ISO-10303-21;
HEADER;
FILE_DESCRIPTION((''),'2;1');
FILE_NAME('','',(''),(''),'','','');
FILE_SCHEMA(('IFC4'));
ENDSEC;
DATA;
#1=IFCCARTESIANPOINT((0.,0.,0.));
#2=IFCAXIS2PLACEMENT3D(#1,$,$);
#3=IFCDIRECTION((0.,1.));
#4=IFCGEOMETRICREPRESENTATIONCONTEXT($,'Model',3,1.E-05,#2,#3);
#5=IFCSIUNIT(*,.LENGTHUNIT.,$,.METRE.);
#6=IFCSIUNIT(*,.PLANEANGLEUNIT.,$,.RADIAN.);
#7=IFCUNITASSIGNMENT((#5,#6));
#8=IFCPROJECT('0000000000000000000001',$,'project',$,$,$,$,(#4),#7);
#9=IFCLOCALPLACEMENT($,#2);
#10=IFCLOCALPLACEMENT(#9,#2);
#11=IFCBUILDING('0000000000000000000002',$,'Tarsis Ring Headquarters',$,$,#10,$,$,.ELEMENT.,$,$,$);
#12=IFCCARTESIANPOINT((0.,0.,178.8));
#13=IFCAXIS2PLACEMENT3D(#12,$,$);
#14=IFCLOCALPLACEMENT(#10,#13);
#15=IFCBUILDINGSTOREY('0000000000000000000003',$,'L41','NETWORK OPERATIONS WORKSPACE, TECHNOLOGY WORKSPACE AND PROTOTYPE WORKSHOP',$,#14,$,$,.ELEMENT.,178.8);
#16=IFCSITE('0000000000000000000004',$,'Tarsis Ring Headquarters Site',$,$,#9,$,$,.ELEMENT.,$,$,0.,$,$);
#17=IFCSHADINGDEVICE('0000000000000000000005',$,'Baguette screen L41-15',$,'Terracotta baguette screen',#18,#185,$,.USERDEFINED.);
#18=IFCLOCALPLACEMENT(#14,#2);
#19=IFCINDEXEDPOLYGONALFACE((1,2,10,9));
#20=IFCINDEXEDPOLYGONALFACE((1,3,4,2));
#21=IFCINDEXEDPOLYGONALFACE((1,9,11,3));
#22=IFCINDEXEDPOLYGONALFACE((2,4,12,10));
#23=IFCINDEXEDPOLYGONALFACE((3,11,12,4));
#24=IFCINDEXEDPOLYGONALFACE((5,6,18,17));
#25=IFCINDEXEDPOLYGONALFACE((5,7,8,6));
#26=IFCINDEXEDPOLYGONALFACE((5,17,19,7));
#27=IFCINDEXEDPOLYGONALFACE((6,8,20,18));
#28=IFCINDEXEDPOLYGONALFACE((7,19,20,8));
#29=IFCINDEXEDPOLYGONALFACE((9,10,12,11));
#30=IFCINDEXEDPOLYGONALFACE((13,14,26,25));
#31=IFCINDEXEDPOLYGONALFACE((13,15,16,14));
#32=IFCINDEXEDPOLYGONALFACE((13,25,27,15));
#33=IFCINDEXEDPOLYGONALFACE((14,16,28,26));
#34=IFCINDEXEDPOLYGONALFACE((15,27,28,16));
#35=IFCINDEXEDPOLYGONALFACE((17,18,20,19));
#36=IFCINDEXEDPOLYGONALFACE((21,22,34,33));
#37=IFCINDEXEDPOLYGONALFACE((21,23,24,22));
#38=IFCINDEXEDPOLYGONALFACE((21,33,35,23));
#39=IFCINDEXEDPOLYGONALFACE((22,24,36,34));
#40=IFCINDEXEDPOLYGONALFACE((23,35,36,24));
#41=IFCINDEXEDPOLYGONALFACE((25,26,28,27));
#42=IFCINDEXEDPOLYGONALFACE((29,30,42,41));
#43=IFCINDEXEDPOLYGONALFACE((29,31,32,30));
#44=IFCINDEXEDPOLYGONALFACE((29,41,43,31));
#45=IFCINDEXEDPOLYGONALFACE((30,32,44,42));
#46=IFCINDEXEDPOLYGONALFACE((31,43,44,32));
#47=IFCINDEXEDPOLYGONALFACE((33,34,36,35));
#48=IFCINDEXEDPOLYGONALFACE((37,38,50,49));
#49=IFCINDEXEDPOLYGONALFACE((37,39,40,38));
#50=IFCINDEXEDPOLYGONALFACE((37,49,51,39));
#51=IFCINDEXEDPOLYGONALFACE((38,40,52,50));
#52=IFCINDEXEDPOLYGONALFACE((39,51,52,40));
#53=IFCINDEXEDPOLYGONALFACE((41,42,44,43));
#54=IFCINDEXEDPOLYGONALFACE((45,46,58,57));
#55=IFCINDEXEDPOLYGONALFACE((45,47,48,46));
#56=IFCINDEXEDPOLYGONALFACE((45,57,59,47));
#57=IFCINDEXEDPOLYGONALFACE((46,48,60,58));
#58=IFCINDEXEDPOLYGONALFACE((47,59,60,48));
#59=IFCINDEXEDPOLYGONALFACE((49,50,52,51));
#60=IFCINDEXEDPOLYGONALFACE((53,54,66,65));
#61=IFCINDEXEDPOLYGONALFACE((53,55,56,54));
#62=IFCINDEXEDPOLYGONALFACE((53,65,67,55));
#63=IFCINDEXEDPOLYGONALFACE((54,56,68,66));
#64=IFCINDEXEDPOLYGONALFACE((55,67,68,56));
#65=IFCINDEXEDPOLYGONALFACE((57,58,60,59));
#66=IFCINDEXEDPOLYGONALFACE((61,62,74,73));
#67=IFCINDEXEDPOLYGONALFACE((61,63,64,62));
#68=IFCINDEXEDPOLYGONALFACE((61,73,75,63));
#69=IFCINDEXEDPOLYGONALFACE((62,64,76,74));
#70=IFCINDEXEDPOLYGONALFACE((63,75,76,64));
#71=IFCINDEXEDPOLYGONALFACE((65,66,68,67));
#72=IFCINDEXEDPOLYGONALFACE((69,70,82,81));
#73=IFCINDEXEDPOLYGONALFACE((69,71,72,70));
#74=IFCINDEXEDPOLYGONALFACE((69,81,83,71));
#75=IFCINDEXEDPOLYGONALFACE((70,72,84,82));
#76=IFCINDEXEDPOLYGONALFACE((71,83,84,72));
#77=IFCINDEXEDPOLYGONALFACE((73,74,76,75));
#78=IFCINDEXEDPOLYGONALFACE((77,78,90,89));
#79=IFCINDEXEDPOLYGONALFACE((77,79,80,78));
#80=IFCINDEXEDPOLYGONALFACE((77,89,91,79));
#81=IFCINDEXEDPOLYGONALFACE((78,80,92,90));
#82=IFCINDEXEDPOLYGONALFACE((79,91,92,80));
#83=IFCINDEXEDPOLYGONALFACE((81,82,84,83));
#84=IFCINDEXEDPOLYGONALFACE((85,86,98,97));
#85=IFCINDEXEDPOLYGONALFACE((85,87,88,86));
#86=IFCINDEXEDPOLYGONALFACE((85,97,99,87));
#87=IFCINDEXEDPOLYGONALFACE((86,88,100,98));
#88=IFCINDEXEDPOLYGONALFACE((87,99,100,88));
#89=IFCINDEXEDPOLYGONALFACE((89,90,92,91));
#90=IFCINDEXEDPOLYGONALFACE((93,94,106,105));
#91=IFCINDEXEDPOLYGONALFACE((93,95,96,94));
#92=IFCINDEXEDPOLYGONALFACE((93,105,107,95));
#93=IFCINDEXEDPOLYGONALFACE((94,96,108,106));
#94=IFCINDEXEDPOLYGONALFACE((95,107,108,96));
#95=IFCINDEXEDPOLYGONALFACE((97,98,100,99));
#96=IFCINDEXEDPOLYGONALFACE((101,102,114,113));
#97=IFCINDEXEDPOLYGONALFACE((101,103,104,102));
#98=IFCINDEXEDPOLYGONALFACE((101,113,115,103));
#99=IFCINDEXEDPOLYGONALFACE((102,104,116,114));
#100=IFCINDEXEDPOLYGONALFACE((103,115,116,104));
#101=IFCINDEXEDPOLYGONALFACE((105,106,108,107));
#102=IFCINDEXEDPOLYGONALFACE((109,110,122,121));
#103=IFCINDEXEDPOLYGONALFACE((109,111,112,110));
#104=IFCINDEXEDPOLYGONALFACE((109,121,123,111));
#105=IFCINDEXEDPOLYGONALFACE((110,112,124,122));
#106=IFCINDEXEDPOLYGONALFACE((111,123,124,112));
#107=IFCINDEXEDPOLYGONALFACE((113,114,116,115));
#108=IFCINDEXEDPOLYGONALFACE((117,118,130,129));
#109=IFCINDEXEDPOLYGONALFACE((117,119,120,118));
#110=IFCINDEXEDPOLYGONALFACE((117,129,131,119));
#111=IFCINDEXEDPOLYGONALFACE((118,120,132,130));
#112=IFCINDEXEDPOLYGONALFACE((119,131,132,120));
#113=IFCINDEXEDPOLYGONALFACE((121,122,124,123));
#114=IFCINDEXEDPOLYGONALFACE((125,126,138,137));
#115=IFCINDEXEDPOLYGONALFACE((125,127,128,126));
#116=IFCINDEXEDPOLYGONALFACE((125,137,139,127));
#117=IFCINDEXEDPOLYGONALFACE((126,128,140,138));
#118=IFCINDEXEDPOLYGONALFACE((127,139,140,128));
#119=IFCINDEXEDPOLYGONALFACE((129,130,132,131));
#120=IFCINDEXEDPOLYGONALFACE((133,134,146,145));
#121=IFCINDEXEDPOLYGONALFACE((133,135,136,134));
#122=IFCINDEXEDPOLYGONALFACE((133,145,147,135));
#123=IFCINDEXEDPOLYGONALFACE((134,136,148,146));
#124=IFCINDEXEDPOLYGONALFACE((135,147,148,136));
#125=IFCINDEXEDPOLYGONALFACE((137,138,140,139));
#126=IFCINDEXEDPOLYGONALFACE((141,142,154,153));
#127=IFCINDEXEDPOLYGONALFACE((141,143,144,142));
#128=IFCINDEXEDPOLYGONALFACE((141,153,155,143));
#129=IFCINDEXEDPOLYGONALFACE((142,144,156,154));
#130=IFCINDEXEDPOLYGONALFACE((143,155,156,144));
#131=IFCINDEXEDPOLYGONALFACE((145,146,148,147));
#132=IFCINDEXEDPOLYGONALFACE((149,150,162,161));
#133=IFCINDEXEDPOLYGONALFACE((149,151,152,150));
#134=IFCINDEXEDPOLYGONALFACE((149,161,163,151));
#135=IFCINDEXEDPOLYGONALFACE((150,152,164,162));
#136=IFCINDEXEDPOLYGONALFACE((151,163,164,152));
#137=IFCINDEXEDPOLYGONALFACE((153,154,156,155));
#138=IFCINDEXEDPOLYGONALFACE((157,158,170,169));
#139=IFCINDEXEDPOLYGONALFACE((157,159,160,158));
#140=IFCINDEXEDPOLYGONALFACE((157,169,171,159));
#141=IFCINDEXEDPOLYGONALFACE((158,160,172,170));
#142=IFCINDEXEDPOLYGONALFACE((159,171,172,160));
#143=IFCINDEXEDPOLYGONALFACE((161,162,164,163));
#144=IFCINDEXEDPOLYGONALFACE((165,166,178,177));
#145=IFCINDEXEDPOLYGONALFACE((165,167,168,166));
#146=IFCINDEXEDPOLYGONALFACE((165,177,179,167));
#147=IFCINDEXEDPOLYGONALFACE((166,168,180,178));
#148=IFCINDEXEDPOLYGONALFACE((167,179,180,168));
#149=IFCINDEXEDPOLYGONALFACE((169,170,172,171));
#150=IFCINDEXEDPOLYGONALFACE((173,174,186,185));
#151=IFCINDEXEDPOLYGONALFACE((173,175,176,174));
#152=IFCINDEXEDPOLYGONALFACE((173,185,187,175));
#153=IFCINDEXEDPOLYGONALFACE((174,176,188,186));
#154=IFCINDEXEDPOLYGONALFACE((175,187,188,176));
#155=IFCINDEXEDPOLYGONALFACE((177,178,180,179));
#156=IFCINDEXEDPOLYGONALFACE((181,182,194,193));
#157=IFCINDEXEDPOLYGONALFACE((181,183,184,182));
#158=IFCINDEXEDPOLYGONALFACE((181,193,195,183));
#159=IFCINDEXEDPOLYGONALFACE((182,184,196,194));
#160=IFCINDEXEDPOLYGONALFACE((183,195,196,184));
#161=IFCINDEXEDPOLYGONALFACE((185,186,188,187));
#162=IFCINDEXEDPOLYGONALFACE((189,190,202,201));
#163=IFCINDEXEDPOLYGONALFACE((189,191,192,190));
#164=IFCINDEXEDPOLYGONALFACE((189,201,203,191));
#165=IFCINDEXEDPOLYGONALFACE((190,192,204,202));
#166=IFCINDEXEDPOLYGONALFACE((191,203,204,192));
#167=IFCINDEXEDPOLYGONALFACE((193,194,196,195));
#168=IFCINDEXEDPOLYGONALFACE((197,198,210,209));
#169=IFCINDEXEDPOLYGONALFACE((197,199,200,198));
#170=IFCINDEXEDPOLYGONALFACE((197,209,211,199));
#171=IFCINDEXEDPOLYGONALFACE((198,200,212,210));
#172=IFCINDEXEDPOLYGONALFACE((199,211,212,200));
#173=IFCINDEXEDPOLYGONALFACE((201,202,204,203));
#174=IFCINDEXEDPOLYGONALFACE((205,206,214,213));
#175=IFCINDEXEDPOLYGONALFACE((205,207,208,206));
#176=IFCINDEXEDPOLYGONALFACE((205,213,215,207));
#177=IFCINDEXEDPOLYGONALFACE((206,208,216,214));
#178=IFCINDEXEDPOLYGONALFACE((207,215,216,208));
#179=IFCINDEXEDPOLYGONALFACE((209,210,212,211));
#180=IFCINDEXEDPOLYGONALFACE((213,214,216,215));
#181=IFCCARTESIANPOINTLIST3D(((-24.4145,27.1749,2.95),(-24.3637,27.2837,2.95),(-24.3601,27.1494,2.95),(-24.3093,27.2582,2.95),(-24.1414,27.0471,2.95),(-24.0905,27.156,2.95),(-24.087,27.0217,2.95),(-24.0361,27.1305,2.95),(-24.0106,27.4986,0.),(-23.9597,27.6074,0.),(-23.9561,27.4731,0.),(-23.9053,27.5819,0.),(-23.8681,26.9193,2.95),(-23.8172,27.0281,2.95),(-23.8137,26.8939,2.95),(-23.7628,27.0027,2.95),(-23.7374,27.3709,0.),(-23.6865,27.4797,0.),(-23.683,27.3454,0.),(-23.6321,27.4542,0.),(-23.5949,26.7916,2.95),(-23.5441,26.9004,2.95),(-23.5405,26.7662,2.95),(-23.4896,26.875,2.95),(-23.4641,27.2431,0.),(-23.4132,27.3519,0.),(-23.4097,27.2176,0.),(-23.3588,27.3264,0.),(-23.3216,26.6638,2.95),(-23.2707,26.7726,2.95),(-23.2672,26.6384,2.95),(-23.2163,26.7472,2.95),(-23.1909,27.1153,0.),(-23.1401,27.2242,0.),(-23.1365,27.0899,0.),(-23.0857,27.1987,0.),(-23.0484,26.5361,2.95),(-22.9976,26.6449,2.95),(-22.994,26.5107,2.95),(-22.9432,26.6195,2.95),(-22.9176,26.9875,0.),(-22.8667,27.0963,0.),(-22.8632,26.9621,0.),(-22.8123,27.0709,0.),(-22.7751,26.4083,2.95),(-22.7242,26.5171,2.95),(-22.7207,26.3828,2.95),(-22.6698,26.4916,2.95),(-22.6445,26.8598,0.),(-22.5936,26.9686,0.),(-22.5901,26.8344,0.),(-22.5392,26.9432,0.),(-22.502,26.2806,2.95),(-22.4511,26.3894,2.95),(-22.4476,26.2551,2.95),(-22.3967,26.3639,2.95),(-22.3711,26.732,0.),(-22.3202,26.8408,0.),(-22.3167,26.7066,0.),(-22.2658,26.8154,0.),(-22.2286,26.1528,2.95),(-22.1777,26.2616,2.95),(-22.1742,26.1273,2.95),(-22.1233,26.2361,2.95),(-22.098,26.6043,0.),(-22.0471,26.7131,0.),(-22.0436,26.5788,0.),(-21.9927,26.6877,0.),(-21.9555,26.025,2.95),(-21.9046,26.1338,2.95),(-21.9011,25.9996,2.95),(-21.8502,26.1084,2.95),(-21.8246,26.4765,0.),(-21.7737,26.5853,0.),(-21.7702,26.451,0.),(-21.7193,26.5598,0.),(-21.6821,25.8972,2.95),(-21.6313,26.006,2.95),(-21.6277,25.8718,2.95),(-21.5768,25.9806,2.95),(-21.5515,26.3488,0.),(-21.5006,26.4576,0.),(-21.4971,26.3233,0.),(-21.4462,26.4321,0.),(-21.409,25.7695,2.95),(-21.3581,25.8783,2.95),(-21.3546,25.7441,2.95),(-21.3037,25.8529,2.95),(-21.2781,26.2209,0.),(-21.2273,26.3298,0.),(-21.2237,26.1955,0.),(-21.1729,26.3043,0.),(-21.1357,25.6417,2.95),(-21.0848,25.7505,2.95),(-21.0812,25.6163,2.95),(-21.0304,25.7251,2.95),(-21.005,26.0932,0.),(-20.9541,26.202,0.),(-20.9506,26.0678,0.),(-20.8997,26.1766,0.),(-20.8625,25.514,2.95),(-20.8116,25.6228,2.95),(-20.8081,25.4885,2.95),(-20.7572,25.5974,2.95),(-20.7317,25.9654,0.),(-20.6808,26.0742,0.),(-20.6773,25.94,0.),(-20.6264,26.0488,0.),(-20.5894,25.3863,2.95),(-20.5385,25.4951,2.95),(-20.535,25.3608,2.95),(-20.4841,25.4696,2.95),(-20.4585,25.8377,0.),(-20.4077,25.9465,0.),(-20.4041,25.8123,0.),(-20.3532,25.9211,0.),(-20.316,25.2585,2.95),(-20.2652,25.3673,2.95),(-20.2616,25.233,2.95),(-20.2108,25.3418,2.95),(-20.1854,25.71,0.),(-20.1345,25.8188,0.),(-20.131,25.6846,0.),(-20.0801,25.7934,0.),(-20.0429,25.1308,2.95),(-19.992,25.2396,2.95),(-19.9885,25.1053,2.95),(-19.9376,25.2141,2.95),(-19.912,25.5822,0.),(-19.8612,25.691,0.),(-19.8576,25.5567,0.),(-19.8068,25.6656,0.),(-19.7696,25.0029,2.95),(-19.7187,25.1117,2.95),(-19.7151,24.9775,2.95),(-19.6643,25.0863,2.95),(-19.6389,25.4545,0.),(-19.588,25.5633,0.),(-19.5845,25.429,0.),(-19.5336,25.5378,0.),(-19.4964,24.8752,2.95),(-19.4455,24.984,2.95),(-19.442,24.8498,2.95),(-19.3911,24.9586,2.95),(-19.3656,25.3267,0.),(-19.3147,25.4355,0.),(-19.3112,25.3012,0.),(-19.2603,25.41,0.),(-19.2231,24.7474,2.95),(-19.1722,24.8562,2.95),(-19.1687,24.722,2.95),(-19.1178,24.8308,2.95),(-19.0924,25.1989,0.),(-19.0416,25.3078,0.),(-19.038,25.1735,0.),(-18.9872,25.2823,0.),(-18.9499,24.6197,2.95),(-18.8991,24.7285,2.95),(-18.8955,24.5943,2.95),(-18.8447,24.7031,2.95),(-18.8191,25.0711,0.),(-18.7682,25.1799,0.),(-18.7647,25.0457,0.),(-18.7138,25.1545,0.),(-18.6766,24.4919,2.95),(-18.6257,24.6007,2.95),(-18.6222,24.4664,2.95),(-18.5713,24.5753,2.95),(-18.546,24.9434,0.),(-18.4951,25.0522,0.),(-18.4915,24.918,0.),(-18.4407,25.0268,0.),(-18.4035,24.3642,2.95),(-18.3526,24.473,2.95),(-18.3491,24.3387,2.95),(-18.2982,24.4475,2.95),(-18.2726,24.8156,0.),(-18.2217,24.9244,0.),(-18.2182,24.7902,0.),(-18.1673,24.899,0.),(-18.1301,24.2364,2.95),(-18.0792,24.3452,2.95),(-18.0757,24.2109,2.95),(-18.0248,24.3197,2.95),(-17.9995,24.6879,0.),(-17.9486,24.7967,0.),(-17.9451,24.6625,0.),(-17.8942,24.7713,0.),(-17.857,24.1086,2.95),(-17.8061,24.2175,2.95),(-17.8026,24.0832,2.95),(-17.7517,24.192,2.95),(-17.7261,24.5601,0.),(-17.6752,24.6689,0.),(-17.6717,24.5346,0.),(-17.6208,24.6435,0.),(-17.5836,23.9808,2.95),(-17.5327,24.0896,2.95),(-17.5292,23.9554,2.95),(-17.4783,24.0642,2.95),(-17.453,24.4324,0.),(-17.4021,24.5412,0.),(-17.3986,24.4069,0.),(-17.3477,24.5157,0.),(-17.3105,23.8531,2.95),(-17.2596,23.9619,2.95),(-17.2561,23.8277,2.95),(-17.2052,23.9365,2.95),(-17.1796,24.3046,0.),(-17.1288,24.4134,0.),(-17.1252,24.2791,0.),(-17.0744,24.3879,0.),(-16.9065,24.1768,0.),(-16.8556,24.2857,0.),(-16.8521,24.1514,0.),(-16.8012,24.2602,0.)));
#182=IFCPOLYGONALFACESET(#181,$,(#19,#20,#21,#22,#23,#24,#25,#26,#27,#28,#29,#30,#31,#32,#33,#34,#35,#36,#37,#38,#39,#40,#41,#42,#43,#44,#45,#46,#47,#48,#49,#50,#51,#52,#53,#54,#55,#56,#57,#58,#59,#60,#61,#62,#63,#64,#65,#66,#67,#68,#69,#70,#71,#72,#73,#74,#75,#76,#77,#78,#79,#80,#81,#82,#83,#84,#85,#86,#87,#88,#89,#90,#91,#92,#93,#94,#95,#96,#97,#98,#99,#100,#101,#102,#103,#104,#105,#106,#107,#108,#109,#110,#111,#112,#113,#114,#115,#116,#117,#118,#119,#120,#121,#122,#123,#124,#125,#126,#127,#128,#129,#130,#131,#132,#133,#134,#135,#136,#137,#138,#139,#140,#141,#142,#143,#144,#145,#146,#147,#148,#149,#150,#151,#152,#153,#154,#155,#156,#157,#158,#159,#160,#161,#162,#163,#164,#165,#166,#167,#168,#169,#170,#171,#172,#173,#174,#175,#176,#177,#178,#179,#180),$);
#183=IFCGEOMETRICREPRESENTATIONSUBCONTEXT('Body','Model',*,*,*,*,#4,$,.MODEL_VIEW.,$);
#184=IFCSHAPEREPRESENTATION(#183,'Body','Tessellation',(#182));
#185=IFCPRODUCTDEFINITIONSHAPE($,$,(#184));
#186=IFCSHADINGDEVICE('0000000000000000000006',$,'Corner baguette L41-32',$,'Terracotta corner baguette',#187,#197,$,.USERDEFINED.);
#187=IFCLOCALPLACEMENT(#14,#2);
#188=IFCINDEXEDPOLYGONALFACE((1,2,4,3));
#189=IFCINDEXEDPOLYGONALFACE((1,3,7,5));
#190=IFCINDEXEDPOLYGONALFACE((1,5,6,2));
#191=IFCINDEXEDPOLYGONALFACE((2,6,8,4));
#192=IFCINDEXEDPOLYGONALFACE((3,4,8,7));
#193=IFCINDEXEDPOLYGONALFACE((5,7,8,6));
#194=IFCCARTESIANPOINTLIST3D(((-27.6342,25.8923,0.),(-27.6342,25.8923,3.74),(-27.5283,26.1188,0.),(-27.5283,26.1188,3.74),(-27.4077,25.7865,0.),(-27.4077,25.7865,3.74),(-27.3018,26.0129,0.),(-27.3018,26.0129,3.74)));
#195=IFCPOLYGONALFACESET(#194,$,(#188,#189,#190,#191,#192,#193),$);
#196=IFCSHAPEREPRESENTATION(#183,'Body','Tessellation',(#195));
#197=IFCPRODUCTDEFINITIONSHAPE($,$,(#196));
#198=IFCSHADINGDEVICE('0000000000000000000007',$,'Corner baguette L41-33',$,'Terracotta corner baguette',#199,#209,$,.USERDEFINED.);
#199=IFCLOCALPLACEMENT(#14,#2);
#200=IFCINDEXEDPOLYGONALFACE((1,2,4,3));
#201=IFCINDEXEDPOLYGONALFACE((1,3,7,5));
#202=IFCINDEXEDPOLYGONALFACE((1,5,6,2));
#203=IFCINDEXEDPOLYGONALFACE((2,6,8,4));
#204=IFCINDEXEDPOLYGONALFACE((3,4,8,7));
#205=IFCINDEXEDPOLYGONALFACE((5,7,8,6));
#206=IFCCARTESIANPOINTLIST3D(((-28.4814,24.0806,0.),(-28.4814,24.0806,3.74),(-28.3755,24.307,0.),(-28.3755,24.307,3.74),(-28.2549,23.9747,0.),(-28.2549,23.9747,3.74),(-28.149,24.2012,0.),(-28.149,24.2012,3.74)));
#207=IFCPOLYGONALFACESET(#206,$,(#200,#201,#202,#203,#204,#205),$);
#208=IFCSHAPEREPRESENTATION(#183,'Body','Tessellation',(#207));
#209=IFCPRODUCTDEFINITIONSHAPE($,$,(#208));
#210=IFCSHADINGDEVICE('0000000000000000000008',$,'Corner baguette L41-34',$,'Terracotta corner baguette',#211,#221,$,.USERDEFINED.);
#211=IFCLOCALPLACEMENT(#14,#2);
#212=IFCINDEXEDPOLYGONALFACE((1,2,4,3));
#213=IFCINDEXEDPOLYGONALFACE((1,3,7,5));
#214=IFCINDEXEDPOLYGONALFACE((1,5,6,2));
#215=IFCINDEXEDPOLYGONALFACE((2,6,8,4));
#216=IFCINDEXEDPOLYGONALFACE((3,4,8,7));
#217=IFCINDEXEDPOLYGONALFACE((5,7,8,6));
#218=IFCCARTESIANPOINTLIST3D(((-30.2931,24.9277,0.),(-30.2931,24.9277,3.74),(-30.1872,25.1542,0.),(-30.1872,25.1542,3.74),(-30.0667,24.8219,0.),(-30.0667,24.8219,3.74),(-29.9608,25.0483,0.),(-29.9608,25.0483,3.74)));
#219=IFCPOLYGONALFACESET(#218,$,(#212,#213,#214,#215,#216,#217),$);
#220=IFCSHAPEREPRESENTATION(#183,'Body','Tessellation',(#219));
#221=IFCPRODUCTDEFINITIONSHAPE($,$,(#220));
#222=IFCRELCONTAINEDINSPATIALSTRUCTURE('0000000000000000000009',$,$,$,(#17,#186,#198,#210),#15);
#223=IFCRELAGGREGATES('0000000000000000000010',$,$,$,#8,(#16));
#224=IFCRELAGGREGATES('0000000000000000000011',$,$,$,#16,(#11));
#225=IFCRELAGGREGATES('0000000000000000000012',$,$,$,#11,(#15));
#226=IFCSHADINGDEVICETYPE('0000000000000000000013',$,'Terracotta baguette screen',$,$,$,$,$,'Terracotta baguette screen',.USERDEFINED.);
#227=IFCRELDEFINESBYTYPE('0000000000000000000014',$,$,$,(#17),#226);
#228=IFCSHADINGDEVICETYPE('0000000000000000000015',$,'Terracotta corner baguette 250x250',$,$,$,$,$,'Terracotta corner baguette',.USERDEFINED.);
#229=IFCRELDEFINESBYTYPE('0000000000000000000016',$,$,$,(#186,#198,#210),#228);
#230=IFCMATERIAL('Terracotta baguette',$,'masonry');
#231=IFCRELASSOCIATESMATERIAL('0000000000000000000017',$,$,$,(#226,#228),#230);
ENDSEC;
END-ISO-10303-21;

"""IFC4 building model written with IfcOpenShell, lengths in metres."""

from ifc_helpers import new_model, si_unit, direction, frame, frame_2d, origin, origin_2d, place, context, subcontext, project, spatial, rectangle, composite_profile, extrude, material, type_object, element, save


model = new_model("IFC4")

# Units and contexts
model_context = context("Model", 3, precision=1e-05, world=origin(), true_north=direction((0.0, 1.0)))
body_context = subcontext(model_context, "Body", "Model", "MODEL_VIEW")
ifc_project = project(units=[si_unit("LENGTHUNIT", "METRE"), si_unit("PLANEANGLEUNIT", "RADIAN")], contexts=[model_context])

# Site, building, storey
site_placement = place(None, origin())
site = spatial("IfcSite", under=ifc_project, at=site_placement, Name="Tarsis Ring Headquarters Site", CompositionType="ELEMENT", RefElevation=0.0)
building_placement = place(site_placement, origin())
building = spatial("IfcBuilding", under=site, at=building_placement, Name="Tarsis Ring Headquarters", CompositionType="ELEMENT")
storey_placement = place(building_placement, frame((0.0, 0.0, 178.8)))
storey = spatial("IfcBuildingStorey", under=building, at=storey_placement, Name="L41", Description="NETWORK OPERATIONS WORKSPACE, TECHNOLOGY WORKSPACE AND PROTOTYPE WORKSHOP", CompositionType="ELEMENT", Elevation=178.8)

# Shading devices
ifc_material_1 = material(Name="Terracotta baguette", Category="masonry")
shading_device_type_1 = type_object("IfcShadingDeviceType", Name="Terracotta baguette screen", ElementType="Terracotta baguette screen", PredefinedType="USERDEFINED", material=ifc_material_1)
shading_device_1_placement = place(storey_placement, frame((-16.8267, 24.2058, 0.0), z_axis=(0.0, 0.0, 1.0), x_axis=(-0.905864, 0.423566, 0.0)))
element("IfcShadingDevice", 1, at=shading_device_1_placement, inside=storey, type_object=shading_device_type_1, Name="Baguette screen L41-15", ObjectType="Terracotta baguette screen", PredefinedType="USERDEFINED", context=body_context, shape_type="SweptSolid", body=[
    extrude(composite_profile([rectangle(XDim=0.0601, YDim=0.1201, at=frame_2d((0.03, 0.0))), rectangle(XDim=0.0601, YDim=0.1201, at=frame_2d((0.3315, 0.0))), rectangle(XDim=0.0601, YDim=0.1201, at=frame_2d((0.6333, 0.0))), rectangle(XDim=0.0601, YDim=0.1201, at=frame_2d((0.9348, 0.0))), rectangle(XDim=0.0601, YDim=0.1201, at=frame_2d((1.2366, 0.0))), rectangle(XDim=0.0601, YDim=0.1201, at=frame_2d((1.5381, 0.0))), rectangle(XDim=0.0601, YDim=0.1201, at=frame_2d((1.8398, 0.0))), rectangle(XDim=0.0601, YDim=0.1201, at=frame_2d((2.1414, 0.0))), rectangle(XDim=0.0601, YDim=0.1201, at=frame_2d((2.4431, 0.0))), rectangle(XDim=0.0601, YDim=0.1201, at=frame_2d((2.7446, 0.0))), rectangle(XDim=0.0601, YDim=0.1201, at=frame_2d((3.0464, 0.0))), rectangle(XDim=0.0601, YDim=0.1201, at=frame_2d((3.3479, 0.0))), rectangle(XDim=0.0601, YDim=0.1201, at=frame_2d((3.6497, 0.0))), rectangle(XDim=0.0601, YDim=0.1201, at=frame_2d((3.9512, 0.0))), rectangle(XDim=0.0601, YDim=0.1201, at=frame_2d((4.2527, 0.0))), rectangle(XDim=0.0601, YDim=0.1201, at=frame_2d((4.5544, 0.0))), rectangle(XDim=0.0601, YDim=0.1201, at=frame_2d((4.856, 0.0))), rectangle(XDim=0.0601, YDim=0.1201, at=frame_2d((5.1577, 0.0))), rectangle(XDim=0.0601, YDim=0.1201, at=frame_2d((5.4592, 0.0))), rectangle(XDim=0.0601, YDim=0.1201, at=frame_2d((5.761, 0.0))), rectangle(XDim=0.0601, YDim=0.1201, at=frame_2d((6.0625, 0.0))), rectangle(XDim=0.0601, YDim=0.1201, at=frame_2d((6.3643, 0.0))), rectangle(XDim=0.0601, YDim=0.1201, at=frame_2d((6.6658, 0.0))), rectangle(XDim=0.0601, YDim=0.1201, at=frame_2d((6.9675, 0.0))), rectangle(XDim=0.0601, YDim=0.1201, at=frame_2d((7.269, 0.0))), rectangle(XDim=0.0601, YDim=0.1201, at=frame_2d((7.5708, 0.0))), rectangle(XDim=0.0601, YDim=0.1201, at=frame_2d((7.8723, 0.0)))]), origin(), (0.076405, 0.155041, 0.984949), 2.9951),
])
shading_device_type_2 = type_object("IfcShadingDeviceType", Name="Terracotta corner baguette 250x250", ElementType="Terracotta corner baguette", PredefinedType="USERDEFINED", material=ifc_material_1)
for number, where, z_axis, x_axis, name in (
    (2, (-27.468, 25.9526, 0.0), (0.0, 0.0, 1.0), (-0.905865, 0.423567, 0.0), "Corner baguette L41-32"),
    (3, (-28.3152, 24.1409, 0.0), (0.0, 0.0, 1.0), (-0.423567, -0.905865, 0.0), "Corner baguette L41-33"),
    (4, (-30.127, 24.988, 0.0), (0.0, 0.0, 1.0), (-0.905865, 0.423567, 0.0), "Corner baguette L41-34"),
):
    element("IfcShadingDevice", number, at=place(storey_placement, frame(where, z_axis=z_axis, x_axis=x_axis)), inside=storey, type_object=shading_device_type_2, Name=name, ObjectType="Terracotta corner baguette", PredefinedType="USERDEFINED", context=body_context, shape_type="SweptSolid", body=[
        extrude(rectangle(XDim=0.25, YDim=0.25, at=origin_2d()), origin(), (0.0, 0.0, 1.0), 3.74),
    ])

save(model, "model.ifc")
